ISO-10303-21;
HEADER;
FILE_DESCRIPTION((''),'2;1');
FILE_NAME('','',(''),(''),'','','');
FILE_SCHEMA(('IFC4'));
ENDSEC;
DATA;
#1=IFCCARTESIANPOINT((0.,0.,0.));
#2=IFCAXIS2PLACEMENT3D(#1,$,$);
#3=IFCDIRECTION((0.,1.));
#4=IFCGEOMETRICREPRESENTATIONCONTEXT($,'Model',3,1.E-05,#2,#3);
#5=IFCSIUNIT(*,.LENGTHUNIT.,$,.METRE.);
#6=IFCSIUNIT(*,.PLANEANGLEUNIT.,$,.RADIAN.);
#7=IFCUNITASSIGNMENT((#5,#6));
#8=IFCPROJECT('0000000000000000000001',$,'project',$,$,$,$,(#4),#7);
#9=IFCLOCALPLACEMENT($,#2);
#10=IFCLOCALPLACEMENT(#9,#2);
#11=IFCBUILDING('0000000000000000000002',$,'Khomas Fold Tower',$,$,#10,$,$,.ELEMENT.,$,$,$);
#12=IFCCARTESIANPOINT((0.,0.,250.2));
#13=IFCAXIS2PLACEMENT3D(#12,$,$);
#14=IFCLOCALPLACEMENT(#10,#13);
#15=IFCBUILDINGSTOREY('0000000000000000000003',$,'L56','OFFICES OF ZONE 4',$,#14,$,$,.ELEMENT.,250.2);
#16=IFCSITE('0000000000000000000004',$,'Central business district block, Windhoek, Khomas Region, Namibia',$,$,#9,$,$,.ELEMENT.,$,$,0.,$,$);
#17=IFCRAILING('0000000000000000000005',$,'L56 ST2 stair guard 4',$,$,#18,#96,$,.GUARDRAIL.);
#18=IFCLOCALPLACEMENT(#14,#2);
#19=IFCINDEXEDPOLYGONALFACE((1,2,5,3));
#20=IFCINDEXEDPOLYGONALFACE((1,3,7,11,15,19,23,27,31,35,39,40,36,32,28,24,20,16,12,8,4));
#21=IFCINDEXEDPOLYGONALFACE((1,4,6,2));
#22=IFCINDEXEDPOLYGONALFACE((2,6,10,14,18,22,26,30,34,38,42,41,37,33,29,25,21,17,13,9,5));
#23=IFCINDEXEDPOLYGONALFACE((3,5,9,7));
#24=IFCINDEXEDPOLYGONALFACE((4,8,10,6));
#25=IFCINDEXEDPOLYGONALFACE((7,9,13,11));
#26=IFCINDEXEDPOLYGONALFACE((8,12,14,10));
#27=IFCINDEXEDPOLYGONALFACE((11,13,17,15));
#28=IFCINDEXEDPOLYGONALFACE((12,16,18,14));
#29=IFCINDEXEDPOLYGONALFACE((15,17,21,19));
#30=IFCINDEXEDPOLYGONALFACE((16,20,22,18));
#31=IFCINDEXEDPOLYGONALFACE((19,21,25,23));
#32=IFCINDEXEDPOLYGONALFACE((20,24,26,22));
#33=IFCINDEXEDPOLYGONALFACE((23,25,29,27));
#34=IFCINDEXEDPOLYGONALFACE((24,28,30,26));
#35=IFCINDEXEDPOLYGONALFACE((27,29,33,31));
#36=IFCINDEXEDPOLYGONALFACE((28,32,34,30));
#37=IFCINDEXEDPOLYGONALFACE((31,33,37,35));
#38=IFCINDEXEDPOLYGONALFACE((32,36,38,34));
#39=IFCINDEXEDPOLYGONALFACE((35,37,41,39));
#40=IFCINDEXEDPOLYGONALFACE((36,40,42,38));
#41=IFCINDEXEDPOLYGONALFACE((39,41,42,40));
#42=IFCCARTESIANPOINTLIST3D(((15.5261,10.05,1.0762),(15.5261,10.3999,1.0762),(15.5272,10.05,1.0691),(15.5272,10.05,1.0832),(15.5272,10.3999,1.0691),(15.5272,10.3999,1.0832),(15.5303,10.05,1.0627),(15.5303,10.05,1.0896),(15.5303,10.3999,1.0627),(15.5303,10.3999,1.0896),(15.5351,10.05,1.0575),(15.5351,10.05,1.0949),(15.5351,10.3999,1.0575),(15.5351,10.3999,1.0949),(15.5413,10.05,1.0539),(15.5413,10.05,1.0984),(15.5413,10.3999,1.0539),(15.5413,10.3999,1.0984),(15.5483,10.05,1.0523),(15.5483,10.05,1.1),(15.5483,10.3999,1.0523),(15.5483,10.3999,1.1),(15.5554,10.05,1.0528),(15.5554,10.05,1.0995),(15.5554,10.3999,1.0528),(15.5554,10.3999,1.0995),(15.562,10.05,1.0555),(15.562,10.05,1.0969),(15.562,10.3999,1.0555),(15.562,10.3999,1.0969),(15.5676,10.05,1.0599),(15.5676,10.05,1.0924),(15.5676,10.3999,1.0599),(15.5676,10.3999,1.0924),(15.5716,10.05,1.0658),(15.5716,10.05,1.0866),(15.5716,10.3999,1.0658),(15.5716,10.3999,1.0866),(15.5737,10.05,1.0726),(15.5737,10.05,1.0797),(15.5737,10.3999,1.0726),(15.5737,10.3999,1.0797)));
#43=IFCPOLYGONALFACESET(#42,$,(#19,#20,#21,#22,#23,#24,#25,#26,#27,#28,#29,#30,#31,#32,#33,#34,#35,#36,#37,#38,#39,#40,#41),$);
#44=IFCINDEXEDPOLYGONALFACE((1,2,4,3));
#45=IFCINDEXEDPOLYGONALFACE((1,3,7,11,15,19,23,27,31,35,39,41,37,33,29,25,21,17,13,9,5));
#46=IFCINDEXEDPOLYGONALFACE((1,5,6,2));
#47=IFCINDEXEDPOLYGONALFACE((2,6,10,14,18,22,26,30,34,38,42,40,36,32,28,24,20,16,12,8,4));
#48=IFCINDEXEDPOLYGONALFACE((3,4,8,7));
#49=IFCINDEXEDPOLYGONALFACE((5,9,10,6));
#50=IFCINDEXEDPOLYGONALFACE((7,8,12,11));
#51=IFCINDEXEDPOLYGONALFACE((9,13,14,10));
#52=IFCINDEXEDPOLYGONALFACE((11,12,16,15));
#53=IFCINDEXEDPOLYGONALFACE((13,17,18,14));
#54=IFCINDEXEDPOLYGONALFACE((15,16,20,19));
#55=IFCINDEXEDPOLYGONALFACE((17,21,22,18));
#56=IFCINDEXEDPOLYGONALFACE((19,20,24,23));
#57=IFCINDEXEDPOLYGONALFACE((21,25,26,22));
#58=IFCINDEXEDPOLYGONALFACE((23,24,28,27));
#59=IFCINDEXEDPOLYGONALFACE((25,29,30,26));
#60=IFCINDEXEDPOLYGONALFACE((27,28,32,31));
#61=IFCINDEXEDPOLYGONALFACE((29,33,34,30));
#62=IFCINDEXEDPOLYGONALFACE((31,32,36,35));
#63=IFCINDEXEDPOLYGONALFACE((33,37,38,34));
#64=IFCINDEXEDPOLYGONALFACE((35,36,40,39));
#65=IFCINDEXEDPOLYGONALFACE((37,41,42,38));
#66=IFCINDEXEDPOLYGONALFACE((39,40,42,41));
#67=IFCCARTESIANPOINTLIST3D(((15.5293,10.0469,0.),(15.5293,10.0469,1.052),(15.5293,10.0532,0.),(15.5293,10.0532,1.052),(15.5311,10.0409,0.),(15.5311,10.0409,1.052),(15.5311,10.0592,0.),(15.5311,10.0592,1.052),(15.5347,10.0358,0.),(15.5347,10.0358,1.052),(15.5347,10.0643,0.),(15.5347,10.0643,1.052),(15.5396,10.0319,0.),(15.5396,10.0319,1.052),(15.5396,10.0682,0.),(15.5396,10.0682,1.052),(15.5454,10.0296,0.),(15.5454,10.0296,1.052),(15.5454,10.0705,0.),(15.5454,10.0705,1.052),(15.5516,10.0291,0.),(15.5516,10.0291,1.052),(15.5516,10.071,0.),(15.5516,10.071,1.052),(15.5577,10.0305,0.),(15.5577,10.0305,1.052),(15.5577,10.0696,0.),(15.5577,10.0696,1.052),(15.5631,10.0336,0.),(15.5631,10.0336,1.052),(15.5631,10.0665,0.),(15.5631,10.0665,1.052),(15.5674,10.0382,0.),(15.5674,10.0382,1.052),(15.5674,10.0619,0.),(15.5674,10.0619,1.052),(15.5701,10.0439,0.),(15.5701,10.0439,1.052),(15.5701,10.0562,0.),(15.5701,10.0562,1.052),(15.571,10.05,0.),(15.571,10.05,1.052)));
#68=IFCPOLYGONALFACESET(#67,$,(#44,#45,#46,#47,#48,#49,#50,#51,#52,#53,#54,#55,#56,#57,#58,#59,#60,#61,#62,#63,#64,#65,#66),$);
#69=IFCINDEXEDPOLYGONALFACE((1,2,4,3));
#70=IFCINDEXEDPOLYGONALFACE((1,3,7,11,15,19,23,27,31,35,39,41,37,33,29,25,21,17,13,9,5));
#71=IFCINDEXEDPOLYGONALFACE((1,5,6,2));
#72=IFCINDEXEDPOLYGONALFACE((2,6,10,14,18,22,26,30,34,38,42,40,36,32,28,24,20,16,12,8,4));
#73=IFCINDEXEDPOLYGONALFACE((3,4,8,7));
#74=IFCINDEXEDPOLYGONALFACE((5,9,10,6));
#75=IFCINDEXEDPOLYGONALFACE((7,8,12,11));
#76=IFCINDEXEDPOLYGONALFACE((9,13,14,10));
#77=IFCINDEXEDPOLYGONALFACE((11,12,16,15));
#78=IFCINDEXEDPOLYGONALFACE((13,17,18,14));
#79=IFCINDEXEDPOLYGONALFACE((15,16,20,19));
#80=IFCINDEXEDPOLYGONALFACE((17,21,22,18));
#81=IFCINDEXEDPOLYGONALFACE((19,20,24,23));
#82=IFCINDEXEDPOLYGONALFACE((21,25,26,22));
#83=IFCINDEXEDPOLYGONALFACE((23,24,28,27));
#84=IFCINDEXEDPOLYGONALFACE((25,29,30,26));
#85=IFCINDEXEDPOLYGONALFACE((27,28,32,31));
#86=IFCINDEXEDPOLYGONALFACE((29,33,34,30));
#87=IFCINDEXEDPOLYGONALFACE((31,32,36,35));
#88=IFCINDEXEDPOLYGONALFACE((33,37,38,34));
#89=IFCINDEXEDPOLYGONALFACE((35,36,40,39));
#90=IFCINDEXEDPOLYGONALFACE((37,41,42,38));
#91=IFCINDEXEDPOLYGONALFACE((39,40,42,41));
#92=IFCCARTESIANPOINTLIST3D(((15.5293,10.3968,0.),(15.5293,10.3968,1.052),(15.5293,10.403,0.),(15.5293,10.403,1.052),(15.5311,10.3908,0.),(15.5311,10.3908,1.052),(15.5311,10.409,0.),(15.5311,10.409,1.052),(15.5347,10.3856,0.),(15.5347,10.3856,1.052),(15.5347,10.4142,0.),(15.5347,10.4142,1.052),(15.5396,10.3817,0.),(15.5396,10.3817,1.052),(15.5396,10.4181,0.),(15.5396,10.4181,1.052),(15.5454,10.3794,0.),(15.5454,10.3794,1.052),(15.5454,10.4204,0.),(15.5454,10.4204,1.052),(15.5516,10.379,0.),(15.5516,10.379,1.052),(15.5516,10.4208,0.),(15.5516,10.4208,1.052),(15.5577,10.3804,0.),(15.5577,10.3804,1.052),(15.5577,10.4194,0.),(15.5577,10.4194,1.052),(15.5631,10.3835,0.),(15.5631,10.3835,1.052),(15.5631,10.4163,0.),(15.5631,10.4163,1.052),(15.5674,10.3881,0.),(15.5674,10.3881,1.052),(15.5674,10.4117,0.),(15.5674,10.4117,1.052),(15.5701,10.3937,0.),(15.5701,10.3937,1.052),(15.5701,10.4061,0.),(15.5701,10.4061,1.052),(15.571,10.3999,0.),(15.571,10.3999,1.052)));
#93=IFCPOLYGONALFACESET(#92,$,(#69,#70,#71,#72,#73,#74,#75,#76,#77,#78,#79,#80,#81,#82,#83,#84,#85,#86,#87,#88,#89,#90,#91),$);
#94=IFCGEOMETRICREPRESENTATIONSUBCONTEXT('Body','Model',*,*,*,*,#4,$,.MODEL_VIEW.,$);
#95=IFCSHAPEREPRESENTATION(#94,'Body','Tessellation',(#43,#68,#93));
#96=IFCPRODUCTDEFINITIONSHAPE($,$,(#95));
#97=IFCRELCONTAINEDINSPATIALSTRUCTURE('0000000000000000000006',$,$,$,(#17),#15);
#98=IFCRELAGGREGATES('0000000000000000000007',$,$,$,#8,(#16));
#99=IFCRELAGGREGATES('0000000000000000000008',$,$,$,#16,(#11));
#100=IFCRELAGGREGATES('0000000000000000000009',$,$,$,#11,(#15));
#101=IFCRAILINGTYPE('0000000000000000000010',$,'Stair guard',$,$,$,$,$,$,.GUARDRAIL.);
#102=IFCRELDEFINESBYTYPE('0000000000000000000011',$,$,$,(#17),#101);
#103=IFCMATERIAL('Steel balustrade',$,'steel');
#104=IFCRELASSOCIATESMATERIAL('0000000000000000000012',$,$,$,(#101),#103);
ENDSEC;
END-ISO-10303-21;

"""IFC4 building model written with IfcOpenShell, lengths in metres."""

from ifc_helpers import new_model, si_unit, direction, frame, origin, origin_2d, place, context, subcontext, project, spatial, circle, extrude, source, transform, mapped, material, type_object, element, save


model = new_model("IFC4")

# Units and contexts
model_context = context("Model", 3, precision=1e-05, world=origin(), true_north=direction((0.0, 1.0)))
body_context = subcontext(model_context, "Body", "Model", "MODEL_VIEW")
ifc_project = project(units=[si_unit("LENGTHUNIT", "METRE"), si_unit("PLANEANGLEUNIT", "RADIAN")], contexts=[model_context])

# Site, building, storey
site_placement = place(None, origin())
site = spatial("IfcSite", under=ifc_project, at=site_placement, Name="Central business district block, Windhoek, Khomas Region, Namibia", CompositionType="ELEMENT", RefElevation=0.0)
building_placement = place(site_placement, origin())
building = spatial("IfcBuilding", under=site, at=building_placement, Name="Khomas Fold Tower", CompositionType="ELEMENT")
storey_placement = place(building_placement, frame((0.0, 0.0, 250.2)))
storey = spatial("IfcBuildingStorey", under=building, at=storey_placement, Name="L56", Description="OFFICES OF ZONE 4", CompositionType="ELEMENT", Elevation=250.2)

# Railing
ifc_material_1 = material(Name="Steel balustrade", Category="steel")
railing_type_1 = type_object("IfcRailingType", Name="Stair guard", PredefinedType="GUARDRAIL", material=ifc_material_1)
shared_shape_1 = source(origin(), body_context, "Body", "SweptSolid", [
    extrude(circle(Radius=0.0239, at=origin_2d()), frame((0.0, 0.0, 1.0762), z_axis=(0.0, 1.0, 0.0), x_axis=(-1.0, 0.0, 0.0)), (0.0, 0.0, 1.0), 0.3499),
    extrude(circle(Radius=0.021, at=origin_2d()), origin(), (0.0, 0.0, 1.0), 1.052),
    extrude(circle(Radius=0.021, at=origin_2d()), frame((0.0, 0.3499, 0.0)), (0.0, 0.0, 1.0), 1.052),
])
for number, where, name in (
    (1, (15.55, 10.05, 0.0), "L56 ST2 stair guard 4"),
):
    element("IfcRailing", number, at=place(storey_placement, frame(where)), inside=storey, type_object=railing_type_1, Name=name, PredefinedType="GUARDRAIL", context=body_context, shape_type="MappedRepresentation", body=[
        mapped(shared_shape_1, transform((0.0, 0.0, 0.0))),
    ])

save(model, "model.ifc")
